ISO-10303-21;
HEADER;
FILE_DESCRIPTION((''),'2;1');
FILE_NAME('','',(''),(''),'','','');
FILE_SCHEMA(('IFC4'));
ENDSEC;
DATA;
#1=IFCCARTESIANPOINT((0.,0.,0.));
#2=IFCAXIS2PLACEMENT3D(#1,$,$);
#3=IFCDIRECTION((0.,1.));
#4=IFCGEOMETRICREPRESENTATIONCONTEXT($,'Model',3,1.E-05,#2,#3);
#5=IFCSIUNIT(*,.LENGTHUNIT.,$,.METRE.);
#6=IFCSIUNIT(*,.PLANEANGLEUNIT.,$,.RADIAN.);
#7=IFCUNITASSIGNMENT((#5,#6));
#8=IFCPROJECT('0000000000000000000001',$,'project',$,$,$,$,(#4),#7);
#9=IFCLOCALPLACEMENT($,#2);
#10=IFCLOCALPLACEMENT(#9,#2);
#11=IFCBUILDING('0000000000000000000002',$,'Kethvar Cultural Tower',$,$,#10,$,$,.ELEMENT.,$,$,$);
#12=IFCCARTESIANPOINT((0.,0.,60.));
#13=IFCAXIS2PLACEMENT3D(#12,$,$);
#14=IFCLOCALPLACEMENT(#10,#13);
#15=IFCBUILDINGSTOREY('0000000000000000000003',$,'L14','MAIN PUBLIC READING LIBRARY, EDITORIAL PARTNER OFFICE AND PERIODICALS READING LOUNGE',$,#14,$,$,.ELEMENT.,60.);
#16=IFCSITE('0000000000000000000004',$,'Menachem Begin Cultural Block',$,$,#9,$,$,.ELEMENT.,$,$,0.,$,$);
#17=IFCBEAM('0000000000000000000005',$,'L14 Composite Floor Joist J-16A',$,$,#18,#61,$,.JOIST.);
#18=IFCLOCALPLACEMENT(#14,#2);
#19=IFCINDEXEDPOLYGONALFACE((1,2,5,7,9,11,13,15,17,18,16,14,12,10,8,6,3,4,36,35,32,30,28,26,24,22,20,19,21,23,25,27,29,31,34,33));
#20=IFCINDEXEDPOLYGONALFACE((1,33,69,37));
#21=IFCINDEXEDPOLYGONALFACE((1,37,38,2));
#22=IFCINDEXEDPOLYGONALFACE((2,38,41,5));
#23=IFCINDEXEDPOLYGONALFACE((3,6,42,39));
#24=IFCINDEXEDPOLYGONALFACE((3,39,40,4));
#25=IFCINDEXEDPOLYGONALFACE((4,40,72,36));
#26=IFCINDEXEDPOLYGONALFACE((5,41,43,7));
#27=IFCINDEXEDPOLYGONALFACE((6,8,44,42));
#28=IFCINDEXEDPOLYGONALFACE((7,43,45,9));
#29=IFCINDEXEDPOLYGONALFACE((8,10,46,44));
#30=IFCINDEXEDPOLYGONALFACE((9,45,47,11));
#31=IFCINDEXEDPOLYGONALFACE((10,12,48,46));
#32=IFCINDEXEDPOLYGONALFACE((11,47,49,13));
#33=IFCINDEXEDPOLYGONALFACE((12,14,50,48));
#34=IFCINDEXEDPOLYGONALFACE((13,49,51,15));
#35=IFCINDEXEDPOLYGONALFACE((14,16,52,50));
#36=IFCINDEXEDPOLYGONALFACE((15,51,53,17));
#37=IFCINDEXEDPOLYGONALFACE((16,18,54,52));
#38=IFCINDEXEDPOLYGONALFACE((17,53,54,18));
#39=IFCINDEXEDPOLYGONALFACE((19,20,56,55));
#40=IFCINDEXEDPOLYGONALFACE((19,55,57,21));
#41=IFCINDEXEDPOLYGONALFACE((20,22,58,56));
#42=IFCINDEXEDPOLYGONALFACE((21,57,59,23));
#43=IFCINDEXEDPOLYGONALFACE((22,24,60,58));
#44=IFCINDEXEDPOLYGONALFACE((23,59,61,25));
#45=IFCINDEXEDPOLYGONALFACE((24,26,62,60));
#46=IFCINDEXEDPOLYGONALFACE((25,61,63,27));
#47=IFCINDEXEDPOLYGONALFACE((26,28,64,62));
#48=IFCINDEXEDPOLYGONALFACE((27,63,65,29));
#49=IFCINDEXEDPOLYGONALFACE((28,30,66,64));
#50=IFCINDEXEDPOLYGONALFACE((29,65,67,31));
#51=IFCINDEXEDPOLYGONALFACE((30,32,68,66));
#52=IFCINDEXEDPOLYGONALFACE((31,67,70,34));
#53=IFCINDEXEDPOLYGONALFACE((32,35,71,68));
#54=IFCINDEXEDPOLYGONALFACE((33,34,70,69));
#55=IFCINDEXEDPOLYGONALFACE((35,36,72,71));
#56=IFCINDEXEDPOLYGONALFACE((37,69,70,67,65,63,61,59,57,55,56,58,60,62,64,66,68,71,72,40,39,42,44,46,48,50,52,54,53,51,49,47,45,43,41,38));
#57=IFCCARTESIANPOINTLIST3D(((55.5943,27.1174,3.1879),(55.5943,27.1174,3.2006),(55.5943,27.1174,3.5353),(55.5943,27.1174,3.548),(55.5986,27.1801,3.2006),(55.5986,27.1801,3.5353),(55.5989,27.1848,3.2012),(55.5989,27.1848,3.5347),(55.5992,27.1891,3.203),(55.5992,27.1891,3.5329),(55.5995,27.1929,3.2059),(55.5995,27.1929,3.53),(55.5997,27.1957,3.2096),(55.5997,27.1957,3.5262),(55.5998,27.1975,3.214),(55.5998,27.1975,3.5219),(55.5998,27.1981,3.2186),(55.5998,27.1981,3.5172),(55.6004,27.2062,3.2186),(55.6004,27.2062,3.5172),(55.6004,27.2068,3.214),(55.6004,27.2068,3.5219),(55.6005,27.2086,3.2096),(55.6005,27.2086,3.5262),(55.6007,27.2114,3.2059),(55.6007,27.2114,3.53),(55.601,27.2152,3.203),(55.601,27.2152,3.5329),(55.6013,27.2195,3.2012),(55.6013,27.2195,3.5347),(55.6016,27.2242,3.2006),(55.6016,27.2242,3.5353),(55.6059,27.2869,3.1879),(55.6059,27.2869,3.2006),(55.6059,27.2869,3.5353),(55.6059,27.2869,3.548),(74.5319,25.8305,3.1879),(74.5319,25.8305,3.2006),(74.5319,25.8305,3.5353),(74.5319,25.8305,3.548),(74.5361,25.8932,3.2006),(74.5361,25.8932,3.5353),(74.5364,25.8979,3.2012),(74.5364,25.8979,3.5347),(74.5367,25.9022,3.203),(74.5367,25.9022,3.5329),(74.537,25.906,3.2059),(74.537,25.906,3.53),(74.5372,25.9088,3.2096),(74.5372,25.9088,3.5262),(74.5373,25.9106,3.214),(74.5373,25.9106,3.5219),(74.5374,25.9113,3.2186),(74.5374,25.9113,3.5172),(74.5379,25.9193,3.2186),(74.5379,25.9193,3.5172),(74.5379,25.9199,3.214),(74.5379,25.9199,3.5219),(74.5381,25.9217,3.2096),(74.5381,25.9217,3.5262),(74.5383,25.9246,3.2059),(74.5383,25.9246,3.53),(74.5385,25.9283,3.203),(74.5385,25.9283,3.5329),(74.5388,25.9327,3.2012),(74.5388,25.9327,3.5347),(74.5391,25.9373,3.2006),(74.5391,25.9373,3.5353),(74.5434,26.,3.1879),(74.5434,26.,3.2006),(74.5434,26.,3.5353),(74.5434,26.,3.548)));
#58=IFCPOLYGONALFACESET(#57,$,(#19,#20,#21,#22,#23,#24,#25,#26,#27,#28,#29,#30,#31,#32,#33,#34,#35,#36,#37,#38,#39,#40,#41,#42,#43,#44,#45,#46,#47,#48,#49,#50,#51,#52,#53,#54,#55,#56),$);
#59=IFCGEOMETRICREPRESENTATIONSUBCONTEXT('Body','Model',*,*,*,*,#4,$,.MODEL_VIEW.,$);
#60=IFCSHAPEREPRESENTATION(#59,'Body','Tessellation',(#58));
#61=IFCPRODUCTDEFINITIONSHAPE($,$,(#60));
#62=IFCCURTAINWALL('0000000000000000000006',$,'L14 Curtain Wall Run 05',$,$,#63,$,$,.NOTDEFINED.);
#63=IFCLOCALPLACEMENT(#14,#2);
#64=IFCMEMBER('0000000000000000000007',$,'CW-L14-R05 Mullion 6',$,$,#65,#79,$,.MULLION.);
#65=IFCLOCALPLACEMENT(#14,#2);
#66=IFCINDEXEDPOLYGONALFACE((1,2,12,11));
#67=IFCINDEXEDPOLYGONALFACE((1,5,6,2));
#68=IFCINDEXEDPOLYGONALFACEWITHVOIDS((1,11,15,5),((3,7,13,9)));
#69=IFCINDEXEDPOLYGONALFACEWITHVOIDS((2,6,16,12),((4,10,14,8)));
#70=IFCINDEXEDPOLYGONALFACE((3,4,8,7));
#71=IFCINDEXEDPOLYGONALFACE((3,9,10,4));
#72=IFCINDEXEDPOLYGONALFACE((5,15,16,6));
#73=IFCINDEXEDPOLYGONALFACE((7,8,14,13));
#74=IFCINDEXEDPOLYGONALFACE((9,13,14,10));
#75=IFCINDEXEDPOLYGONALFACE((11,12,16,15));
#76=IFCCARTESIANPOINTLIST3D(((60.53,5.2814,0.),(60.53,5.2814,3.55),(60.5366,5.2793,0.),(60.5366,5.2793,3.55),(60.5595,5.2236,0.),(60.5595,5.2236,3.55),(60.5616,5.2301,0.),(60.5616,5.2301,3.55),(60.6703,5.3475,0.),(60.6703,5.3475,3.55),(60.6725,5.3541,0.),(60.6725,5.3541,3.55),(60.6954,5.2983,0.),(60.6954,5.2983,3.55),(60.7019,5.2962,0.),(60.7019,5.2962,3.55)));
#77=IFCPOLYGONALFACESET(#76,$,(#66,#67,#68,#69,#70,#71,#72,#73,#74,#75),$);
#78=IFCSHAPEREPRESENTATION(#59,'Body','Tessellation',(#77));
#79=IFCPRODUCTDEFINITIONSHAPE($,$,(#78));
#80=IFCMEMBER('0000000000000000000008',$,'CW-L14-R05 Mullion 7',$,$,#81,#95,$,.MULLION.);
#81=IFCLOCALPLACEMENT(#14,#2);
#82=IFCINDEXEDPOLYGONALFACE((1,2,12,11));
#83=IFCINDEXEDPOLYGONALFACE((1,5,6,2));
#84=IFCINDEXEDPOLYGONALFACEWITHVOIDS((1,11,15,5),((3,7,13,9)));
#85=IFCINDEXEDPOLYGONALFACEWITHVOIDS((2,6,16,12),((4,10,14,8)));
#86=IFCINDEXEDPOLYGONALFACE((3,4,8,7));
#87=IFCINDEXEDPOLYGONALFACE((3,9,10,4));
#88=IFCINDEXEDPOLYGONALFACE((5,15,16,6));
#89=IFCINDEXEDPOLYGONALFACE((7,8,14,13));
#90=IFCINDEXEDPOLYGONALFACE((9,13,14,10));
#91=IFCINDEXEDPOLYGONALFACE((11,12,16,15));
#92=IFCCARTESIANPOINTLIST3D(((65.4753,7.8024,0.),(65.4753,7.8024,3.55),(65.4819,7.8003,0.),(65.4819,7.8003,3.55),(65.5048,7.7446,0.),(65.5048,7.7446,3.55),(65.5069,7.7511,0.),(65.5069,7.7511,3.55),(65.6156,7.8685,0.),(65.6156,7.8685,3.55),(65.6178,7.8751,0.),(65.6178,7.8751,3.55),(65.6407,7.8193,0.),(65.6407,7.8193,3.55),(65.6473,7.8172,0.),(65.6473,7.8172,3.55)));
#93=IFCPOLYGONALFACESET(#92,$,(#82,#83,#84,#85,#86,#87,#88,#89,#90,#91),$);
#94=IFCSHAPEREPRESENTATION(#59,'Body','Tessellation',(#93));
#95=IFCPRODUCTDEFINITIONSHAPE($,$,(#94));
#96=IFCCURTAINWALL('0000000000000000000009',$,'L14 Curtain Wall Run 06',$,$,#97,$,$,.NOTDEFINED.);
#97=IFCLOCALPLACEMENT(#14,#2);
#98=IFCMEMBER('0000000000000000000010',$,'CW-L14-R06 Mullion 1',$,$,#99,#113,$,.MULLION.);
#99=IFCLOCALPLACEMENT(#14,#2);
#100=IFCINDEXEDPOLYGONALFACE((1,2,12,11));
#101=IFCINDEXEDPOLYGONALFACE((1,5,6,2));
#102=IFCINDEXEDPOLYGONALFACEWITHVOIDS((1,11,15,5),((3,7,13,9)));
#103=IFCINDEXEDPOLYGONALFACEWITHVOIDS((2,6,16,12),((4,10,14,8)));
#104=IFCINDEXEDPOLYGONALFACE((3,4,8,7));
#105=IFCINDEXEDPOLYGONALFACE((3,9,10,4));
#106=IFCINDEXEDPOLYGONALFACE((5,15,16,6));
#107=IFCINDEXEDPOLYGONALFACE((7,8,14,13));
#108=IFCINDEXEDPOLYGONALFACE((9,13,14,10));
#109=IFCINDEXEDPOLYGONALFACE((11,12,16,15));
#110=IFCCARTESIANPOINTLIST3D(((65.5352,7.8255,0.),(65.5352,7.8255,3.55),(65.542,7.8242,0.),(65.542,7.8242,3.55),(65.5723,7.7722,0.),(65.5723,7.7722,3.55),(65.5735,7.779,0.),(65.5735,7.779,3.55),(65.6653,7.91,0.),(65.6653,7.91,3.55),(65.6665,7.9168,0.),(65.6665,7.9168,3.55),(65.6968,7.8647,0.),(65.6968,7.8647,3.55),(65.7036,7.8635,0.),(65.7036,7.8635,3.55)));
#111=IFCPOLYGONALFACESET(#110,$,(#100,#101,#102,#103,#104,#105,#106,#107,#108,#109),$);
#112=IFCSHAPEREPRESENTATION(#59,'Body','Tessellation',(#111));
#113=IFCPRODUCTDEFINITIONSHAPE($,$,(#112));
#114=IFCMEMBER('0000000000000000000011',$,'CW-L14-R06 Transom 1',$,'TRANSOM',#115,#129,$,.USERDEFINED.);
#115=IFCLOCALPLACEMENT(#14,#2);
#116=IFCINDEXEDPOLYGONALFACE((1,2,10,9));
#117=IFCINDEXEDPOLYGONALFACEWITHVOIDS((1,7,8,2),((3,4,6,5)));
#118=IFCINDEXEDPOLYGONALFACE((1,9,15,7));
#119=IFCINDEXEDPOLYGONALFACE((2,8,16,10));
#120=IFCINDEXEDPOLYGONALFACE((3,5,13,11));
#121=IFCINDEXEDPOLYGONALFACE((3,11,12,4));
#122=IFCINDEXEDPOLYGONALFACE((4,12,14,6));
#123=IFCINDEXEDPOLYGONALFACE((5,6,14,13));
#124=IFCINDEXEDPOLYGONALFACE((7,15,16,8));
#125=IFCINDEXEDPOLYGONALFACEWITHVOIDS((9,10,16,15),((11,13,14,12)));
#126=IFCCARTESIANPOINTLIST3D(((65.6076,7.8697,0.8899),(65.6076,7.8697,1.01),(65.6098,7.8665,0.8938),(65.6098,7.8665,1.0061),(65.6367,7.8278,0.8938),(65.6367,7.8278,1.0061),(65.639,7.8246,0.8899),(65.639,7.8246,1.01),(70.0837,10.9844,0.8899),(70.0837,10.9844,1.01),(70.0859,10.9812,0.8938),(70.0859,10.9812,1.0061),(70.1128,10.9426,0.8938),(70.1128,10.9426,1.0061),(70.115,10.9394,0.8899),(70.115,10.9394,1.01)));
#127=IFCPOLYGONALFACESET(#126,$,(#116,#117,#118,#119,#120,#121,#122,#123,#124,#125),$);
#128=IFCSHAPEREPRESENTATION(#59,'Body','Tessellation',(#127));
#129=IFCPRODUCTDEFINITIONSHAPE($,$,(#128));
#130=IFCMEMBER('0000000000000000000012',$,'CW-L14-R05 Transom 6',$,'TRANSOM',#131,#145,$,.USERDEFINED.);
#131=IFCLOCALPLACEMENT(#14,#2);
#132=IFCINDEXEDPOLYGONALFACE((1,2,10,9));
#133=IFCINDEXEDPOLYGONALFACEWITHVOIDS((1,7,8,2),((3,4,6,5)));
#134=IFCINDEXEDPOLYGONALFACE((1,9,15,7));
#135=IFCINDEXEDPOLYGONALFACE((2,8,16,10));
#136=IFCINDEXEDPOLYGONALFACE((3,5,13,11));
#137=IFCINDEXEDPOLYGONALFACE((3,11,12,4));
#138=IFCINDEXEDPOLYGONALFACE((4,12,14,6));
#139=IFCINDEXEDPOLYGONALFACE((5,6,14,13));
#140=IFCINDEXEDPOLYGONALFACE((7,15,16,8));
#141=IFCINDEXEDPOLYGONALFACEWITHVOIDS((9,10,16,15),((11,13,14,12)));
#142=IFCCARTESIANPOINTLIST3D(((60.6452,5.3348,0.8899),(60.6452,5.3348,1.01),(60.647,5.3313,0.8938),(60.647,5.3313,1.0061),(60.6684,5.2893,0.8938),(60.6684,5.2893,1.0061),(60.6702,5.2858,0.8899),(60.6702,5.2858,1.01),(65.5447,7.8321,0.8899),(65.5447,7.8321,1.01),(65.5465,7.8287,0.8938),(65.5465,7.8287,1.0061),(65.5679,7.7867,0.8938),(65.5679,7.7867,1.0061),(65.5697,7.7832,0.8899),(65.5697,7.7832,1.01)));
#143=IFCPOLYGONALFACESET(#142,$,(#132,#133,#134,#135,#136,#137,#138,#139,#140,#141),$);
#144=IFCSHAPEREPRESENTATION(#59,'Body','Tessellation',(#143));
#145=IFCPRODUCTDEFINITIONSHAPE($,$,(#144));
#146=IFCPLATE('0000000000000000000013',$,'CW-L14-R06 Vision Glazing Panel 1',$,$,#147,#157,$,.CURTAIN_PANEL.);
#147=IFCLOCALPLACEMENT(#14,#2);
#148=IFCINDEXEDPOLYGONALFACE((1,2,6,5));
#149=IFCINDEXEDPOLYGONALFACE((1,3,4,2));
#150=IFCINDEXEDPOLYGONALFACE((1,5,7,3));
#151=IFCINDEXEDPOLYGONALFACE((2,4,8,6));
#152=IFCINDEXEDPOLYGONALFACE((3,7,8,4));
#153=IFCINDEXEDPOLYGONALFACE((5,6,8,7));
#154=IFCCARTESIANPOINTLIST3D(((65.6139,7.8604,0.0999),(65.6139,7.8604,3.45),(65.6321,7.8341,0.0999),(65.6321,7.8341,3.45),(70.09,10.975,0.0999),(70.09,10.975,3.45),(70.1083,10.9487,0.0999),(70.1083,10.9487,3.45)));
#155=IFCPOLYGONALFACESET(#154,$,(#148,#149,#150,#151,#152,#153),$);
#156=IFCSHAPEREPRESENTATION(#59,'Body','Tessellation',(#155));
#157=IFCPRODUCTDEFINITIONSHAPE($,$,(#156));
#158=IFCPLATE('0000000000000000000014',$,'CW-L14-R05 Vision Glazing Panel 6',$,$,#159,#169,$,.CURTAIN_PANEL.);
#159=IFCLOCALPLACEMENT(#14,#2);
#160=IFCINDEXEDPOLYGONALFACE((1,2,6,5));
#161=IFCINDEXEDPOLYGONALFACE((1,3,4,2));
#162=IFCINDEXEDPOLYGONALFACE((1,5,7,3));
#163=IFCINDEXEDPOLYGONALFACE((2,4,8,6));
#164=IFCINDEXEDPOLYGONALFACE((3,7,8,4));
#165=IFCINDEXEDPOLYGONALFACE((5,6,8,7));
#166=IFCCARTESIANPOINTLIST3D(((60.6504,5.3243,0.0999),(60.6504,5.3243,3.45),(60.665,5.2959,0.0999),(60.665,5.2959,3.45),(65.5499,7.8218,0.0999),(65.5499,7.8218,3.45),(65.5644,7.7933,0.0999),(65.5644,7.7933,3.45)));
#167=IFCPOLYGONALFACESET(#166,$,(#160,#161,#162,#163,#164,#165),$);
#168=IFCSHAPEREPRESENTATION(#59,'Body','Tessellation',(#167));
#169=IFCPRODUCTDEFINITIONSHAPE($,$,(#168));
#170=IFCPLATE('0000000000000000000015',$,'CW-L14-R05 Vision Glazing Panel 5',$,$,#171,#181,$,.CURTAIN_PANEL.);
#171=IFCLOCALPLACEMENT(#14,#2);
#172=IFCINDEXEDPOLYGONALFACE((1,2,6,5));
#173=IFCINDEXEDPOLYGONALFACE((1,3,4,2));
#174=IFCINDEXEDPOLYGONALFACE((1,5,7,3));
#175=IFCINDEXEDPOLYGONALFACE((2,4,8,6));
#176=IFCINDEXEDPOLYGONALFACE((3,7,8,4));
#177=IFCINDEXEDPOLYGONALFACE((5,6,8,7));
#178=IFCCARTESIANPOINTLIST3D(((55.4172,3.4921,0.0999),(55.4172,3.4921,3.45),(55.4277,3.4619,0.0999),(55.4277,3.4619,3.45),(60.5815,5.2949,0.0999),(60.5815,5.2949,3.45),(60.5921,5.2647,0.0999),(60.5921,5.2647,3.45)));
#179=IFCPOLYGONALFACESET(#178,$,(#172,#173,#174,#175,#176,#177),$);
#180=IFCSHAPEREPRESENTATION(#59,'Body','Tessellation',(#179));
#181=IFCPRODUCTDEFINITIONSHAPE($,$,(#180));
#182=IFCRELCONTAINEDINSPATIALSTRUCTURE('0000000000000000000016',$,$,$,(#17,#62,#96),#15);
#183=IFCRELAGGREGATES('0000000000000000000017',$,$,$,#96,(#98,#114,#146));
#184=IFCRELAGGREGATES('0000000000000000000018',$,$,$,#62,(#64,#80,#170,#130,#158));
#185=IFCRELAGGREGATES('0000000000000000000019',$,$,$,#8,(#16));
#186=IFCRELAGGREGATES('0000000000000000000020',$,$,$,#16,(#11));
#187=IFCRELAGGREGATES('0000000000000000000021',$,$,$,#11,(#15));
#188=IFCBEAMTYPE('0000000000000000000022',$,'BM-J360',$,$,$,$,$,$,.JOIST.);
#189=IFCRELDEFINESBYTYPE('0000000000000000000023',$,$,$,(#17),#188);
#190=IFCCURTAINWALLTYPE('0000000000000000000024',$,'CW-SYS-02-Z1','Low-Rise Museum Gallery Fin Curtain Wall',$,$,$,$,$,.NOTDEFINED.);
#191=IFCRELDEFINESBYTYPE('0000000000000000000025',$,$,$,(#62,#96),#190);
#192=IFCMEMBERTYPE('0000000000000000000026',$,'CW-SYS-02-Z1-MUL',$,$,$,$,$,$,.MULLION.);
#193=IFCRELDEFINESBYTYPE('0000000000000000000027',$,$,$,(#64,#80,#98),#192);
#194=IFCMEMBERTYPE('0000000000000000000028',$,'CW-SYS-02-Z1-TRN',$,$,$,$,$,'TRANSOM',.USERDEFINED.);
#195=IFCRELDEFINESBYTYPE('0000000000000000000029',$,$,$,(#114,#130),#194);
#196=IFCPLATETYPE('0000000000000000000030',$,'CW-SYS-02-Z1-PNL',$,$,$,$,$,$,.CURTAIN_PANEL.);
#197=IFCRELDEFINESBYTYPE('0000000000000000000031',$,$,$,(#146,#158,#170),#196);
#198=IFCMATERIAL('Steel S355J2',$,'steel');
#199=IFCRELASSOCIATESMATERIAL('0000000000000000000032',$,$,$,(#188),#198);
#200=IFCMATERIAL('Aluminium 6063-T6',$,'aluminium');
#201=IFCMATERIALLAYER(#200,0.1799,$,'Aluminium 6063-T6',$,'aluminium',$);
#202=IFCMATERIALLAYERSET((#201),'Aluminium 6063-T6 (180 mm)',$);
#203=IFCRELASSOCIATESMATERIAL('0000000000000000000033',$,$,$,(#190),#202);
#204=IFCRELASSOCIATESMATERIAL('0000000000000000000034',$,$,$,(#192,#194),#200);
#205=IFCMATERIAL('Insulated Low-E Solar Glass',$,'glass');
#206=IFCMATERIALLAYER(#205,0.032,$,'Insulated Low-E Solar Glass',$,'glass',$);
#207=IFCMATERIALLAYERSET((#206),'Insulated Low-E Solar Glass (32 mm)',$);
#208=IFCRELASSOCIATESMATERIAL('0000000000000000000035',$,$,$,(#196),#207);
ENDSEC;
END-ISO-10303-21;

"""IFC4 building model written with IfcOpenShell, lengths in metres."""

from ifc_helpers import new_model, si_unit, direction, frame, origin, origin_2d, place, context, subcontext, project, spatial, rectangle, hollow_rectangle, i_section, extrude, source, transform, mapped, material, layer, layer_set, material_profile, profile_set, type_object, element, aggregate, save


model = new_model("IFC4")

# Units and contexts
model_context = context("Model", 3, precision=1e-05, world=origin(), true_north=direction((0.0, 1.0)))
body_context = subcontext(model_context, "Body", "Model", "MODEL_VIEW")
ifc_project = project(units=[si_unit("LENGTHUNIT", "METRE"), si_unit("PLANEANGLEUNIT", "RADIAN")], contexts=[model_context])

# Site, building, storey
site_placement = place(None, origin())
site = spatial("IfcSite", under=ifc_project, at=site_placement, Name="Menachem Begin Cultural Block", CompositionType="ELEMENT", RefElevation=0.0)
building_placement = place(site_placement, origin())
building = spatial("IfcBuilding", under=site, at=building_placement, Name="Kethvar Cultural Tower", CompositionType="ELEMENT")
storey_placement = place(building_placement, frame((0.0, 0.0, 60.0)))
storey = spatial("IfcBuildingStorey", under=building, at=storey_placement, Name="L14", Description="MAIN PUBLIC READING LIBRARY, EDITORIAL PARTNER OFFICE AND PERIODICALS READING LOUNGE", CompositionType="ELEMENT", Elevation=60.0)

# Beam
ifc_material_1 = material(Name="Steel S355J2", Category="steel")
ifc_material_profile_1 = material_profile(ifc_material_1, i_section(OverallWidth=0.1699, OverallDepth=0.3601, WebThickness=0.0081, FlangeThickness=0.0127, FilletRadius=0.0181, at=origin_2d()), Name="Steel S355J2 — IPE360")
ifc_profile_set_1 = profile_set([ifc_material_profile_1], Name="Steel S355J2 — IPE360")
beam_type_1 = type_object("IfcBeamType", Name="BM-J360", PredefinedType="JOIST", material=ifc_profile_set_1)
shared_shape_1 = source(origin(), body_context, "Body", "SweptSolid", [
    extrude(i_section(OverallWidth=0.1699, OverallDepth=0.3601, WebThickness=0.0081, FlangeThickness=0.0127, FilletRadius=0.0181, at=origin_2d()), origin(), (0.0, 0.0, 1.0), 18.9812),
])
beam_1_placement = place(storey_placement, frame((55.6001, 27.2021, 3.3679), z_axis=(0.997699, -0.067797, 0.0), x_axis=(0.067797, 0.997699, 0.0)))
element("IfcBeam", 1, at=beam_1_placement, inside=storey, type_object=beam_type_1, Name="L14 Composite Floor Joist J-16A", PredefinedType="JOIST", context=body_context, shape_type="MappedRepresentation", body=[
    mapped(shared_shape_1, transform((0.0, 0.0, 0.0), scale=1.0)),
])

# Curtain walls, members
ifc_material_2 = material(Name="Aluminium 6063-T6", Category="aluminium")
ifc_layer_1 = layer(ifc_material_2, 0.1799, Name="Aluminium 6063-T6", Category="aluminium")
ifc_layer_set_1 = layer_set([ifc_layer_1], Name="Aluminium 6063-T6 (180 mm)")
curtain_wall_type = type_object("IfcCurtainWallType", Name="CW-SYS-02-Z1", Description="Low-Rise Museum Gallery Fin Curtain Wall", PredefinedType="NOTDEFINED", material=ifc_layer_set_1)
curtain_wall_1_placement = place(storey_placement, origin())
curtain_wall_1 = element("IfcCurtainWall", 2, at=curtain_wall_1_placement, inside=storey, type_object=curtain_wall_type, Name="L14 Curtain Wall Run 05", PredefinedType="NOTDEFINED")
ifc_material_profile_2 = material_profile(ifc_material_2, hollow_rectangle(XDim=0.0649, YDim=0.1599, WallThickness=0.0049, at=origin_2d()), Name="Aluminium 6063-T6 — RHS160x65x5")
ifc_profile_set_2 = profile_set([ifc_material_profile_2], Name="Aluminium 6063-T6 — RHS160x65x5")
member_type_1 = type_object("IfcMemberType", Name="CW-SYS-02-Z1-MUL", PredefinedType="MULLION", material=ifc_profile_set_2)
shared_shape_2 = source(origin(), body_context, "Body", "SweptSolid", [
    extrude(hollow_rectangle(XDim=0.0649, YDim=0.1599, WallThickness=0.0049, at=origin_2d()), origin(), (0.0, 0.0, 1.0), 3.55),
])
member_1_placement = place(storey_placement, frame((60.616, 5.2888, 0.0), z_axis=(0.0, 0.0, 1.0), x_axis=(-0.454146, 0.890927, 0.0)))
member_1 = element("IfcMember", 3, at=member_1_placement, type_object=member_type_1, Name="CW-L14-R05 Mullion 6", PredefinedType="MULLION", context=body_context, shape_type="MappedRepresentation", body=[
    mapped(shared_shape_2, transform((0.0, 0.0, 0.0), scale=1.0)),
])
member_2_placement = place(storey_placement, frame((65.5613, 7.8098, 0.0), z_axis=(0.0, 0.0, 1.0), x_axis=(-0.454146, 0.890927, 0.0)))
member_2 = element("IfcMember", 4, at=member_2_placement, type_object=member_type_1, Name="CW-L14-R05 Mullion 7", PredefinedType="MULLION", context=body_context, shape_type="MappedRepresentation", body=[
    mapped(shared_shape_2, transform((0.0, 0.0, 0.0), scale=1.0)),
])
curtain_wall_2_placement = place(storey_placement, origin())
curtain_wall_2 = element("IfcCurtainWall", 5, at=curtain_wall_2_placement, inside=storey, type_object=curtain_wall_type, Name="L14 Curtain Wall Run 06", PredefinedType="NOTDEFINED")
member_3_placement = place(storey_placement, frame((65.6194, 7.8445, 0.0), z_axis=(0.0, 0.0, 1.0), x_axis=(-0.571158, 0.82084, 0.0)))
member_3 = element("IfcMember", 6, at=member_3_placement, type_object=member_type_1, Name="CW-L14-R06 Mullion 1", PredefinedType="MULLION", context=body_context, shape_type="MappedRepresentation", body=[
    mapped(shared_shape_2, transform((0.0, 0.0, 0.0), scale=1.0)),
])
ifc_material_profile_3 = material_profile(ifc_material_2, hollow_rectangle(XDim=0.0549, YDim=0.1201, WallThickness=0.0039, at=origin_2d()), Name="Aluminium 6063-T6 — RHS120x55x4")
ifc_profile_set_3 = profile_set([ifc_material_profile_3], Name="Aluminium 6063-T6 — RHS120x55x4")
member_type_2 = type_object("IfcMemberType", Name="CW-SYS-02-Z1-TRN", ElementType="TRANSOM", PredefinedType="USERDEFINED", material=ifc_profile_set_3)
shared_shape_3 = source(origin(), body_context, "Body", "SweptSolid", [
    extrude(hollow_rectangle(XDim=0.0549, YDim=0.1201, WallThickness=0.0039, at=origin_2d()), origin(), (0.0, 0.0, 1.0), 5.4531),
])
member_4_placement = place(storey_placement, frame((65.6233, 7.8472, 0.95), z_axis=(0.820823, 0.571183, 0.0), x_axis=(-0.571183, 0.820823, 0.0)))
member_4 = element("IfcMember", 7, at=member_4_placement, type_object=member_type_2, Name="CW-L14-R06 Transom 1", ObjectType="TRANSOM", PredefinedType="USERDEFINED", context=body_context, shape_type="MappedRepresentation", body=[
    mapped(shared_shape_3, transform((0.0, 0.0, 0.0), scale=1.0)),
])

# Member
shared_shape_4 = source(origin(), body_context, "Body", "SweptSolid", [
    extrude(hollow_rectangle(XDim=0.0549, YDim=0.1201, WallThickness=0.0039, at=origin_2d()), origin(), (0.0, 0.0, 1.0), 5.4993),
])
member_5_placement = place(storey_placement, frame((60.6577, 5.3103, 0.95), z_axis=(0.890937, 0.454126, 0.0), x_axis=(-0.454126, 0.890937, 0.0)))
member_5 = element("IfcMember", 8, at=member_5_placement, type_object=member_type_2, Name="CW-L14-R05 Transom 6", ObjectType="TRANSOM", PredefinedType="USERDEFINED", context=body_context, shape_type="MappedRepresentation", body=[
    mapped(shared_shape_4, transform((0.0, 0.0, 0.0), scale=1.0)),
])

# Plates
ifc_material_3 = material(Name="Insulated Low-E Solar Glass", Category="glass")
ifc_layer_2 = layer(ifc_material_3, 0.032, Name="Insulated Low-E Solar Glass", Category="glass")
ifc_layer_set_2 = layer_set([ifc_layer_2], Name="Insulated Low-E Solar Glass (32 mm)")
plate_type = type_object("IfcPlateType", Name="CW-SYS-02-Z1-PNL", PredefinedType="CURTAIN_PANEL", material=ifc_layer_set_2)
shared_shape_5 = source(origin(), body_context, "Body", "SweptSolid", [
    extrude(rectangle(XDim=5.4531, YDim=0.032, at=origin_2d()), origin(), (0.0, 0.0, 1.0), 3.3501),
])
plate_1_placement = place(storey_placement, frame((67.8611, 9.4045, 0.0999), z_axis=(0.0, 0.0, 1.0), x_axis=(0.82084, 0.571158, 0.0)))
plate_1 = element("IfcPlate", 9, at=plate_1_placement, type_object=plate_type, Name="CW-L14-R06 Vision Glazing Panel 1", PredefinedType="CURTAIN_PANEL", context=body_context, shape_type="MappedRepresentation", body=[
    mapped(shared_shape_5, transform((0.0, 0.0, 0.0), scale=1.0)),
])
aggregate(curtain_wall_2, [member_3, member_4, plate_1])
shared_shape_6 = source(origin(), body_context, "Body", "SweptSolid", [
    extrude(rectangle(XDim=5.4993, YDim=0.032, at=origin_2d()), origin(), (0.0, 0.0, 1.0), 3.3501),
])
plate_2_placement = place(storey_placement, frame((63.1074, 6.5588, 0.0999), z_axis=(0.0, 0.0, 1.0), x_axis=(0.890927, 0.454146, 0.0)))
plate_2 = element("IfcPlate", 10, at=plate_2_placement, type_object=plate_type, Name="CW-L14-R05 Vision Glazing Panel 6", PredefinedType="CURTAIN_PANEL", context=body_context, shape_type="MappedRepresentation", body=[
    mapped(shared_shape_6, transform((0.0, 0.0, 0.0), scale=1.0)),
])
shared_shape_7 = source(origin(), body_context, "Body", "SweptSolid", [
    extrude(rectangle(XDim=5.47, YDim=0.032, at=origin_2d()), origin(), (0.0, 0.0, 1.0), 3.3501),
])
plate_3_placement = place(storey_placement, frame((58.0046, 4.3784, 0.0999), z_axis=(0.0, 0.0, 1.0), x_axis=(0.944129, 0.329575, 0.0)))
plate_3 = element("IfcPlate", 11, at=plate_3_placement, type_object=plate_type, Name="CW-L14-R05 Vision Glazing Panel 5", PredefinedType="CURTAIN_PANEL", context=body_context, shape_type="MappedRepresentation", body=[
    mapped(shared_shape_7, transform((0.0, 0.0, 0.0), scale=1.0)),
])
aggregate(curtain_wall_1, [member_1, member_2, plate_3, member_5, plate_2])

save(model, "model.ifc")
